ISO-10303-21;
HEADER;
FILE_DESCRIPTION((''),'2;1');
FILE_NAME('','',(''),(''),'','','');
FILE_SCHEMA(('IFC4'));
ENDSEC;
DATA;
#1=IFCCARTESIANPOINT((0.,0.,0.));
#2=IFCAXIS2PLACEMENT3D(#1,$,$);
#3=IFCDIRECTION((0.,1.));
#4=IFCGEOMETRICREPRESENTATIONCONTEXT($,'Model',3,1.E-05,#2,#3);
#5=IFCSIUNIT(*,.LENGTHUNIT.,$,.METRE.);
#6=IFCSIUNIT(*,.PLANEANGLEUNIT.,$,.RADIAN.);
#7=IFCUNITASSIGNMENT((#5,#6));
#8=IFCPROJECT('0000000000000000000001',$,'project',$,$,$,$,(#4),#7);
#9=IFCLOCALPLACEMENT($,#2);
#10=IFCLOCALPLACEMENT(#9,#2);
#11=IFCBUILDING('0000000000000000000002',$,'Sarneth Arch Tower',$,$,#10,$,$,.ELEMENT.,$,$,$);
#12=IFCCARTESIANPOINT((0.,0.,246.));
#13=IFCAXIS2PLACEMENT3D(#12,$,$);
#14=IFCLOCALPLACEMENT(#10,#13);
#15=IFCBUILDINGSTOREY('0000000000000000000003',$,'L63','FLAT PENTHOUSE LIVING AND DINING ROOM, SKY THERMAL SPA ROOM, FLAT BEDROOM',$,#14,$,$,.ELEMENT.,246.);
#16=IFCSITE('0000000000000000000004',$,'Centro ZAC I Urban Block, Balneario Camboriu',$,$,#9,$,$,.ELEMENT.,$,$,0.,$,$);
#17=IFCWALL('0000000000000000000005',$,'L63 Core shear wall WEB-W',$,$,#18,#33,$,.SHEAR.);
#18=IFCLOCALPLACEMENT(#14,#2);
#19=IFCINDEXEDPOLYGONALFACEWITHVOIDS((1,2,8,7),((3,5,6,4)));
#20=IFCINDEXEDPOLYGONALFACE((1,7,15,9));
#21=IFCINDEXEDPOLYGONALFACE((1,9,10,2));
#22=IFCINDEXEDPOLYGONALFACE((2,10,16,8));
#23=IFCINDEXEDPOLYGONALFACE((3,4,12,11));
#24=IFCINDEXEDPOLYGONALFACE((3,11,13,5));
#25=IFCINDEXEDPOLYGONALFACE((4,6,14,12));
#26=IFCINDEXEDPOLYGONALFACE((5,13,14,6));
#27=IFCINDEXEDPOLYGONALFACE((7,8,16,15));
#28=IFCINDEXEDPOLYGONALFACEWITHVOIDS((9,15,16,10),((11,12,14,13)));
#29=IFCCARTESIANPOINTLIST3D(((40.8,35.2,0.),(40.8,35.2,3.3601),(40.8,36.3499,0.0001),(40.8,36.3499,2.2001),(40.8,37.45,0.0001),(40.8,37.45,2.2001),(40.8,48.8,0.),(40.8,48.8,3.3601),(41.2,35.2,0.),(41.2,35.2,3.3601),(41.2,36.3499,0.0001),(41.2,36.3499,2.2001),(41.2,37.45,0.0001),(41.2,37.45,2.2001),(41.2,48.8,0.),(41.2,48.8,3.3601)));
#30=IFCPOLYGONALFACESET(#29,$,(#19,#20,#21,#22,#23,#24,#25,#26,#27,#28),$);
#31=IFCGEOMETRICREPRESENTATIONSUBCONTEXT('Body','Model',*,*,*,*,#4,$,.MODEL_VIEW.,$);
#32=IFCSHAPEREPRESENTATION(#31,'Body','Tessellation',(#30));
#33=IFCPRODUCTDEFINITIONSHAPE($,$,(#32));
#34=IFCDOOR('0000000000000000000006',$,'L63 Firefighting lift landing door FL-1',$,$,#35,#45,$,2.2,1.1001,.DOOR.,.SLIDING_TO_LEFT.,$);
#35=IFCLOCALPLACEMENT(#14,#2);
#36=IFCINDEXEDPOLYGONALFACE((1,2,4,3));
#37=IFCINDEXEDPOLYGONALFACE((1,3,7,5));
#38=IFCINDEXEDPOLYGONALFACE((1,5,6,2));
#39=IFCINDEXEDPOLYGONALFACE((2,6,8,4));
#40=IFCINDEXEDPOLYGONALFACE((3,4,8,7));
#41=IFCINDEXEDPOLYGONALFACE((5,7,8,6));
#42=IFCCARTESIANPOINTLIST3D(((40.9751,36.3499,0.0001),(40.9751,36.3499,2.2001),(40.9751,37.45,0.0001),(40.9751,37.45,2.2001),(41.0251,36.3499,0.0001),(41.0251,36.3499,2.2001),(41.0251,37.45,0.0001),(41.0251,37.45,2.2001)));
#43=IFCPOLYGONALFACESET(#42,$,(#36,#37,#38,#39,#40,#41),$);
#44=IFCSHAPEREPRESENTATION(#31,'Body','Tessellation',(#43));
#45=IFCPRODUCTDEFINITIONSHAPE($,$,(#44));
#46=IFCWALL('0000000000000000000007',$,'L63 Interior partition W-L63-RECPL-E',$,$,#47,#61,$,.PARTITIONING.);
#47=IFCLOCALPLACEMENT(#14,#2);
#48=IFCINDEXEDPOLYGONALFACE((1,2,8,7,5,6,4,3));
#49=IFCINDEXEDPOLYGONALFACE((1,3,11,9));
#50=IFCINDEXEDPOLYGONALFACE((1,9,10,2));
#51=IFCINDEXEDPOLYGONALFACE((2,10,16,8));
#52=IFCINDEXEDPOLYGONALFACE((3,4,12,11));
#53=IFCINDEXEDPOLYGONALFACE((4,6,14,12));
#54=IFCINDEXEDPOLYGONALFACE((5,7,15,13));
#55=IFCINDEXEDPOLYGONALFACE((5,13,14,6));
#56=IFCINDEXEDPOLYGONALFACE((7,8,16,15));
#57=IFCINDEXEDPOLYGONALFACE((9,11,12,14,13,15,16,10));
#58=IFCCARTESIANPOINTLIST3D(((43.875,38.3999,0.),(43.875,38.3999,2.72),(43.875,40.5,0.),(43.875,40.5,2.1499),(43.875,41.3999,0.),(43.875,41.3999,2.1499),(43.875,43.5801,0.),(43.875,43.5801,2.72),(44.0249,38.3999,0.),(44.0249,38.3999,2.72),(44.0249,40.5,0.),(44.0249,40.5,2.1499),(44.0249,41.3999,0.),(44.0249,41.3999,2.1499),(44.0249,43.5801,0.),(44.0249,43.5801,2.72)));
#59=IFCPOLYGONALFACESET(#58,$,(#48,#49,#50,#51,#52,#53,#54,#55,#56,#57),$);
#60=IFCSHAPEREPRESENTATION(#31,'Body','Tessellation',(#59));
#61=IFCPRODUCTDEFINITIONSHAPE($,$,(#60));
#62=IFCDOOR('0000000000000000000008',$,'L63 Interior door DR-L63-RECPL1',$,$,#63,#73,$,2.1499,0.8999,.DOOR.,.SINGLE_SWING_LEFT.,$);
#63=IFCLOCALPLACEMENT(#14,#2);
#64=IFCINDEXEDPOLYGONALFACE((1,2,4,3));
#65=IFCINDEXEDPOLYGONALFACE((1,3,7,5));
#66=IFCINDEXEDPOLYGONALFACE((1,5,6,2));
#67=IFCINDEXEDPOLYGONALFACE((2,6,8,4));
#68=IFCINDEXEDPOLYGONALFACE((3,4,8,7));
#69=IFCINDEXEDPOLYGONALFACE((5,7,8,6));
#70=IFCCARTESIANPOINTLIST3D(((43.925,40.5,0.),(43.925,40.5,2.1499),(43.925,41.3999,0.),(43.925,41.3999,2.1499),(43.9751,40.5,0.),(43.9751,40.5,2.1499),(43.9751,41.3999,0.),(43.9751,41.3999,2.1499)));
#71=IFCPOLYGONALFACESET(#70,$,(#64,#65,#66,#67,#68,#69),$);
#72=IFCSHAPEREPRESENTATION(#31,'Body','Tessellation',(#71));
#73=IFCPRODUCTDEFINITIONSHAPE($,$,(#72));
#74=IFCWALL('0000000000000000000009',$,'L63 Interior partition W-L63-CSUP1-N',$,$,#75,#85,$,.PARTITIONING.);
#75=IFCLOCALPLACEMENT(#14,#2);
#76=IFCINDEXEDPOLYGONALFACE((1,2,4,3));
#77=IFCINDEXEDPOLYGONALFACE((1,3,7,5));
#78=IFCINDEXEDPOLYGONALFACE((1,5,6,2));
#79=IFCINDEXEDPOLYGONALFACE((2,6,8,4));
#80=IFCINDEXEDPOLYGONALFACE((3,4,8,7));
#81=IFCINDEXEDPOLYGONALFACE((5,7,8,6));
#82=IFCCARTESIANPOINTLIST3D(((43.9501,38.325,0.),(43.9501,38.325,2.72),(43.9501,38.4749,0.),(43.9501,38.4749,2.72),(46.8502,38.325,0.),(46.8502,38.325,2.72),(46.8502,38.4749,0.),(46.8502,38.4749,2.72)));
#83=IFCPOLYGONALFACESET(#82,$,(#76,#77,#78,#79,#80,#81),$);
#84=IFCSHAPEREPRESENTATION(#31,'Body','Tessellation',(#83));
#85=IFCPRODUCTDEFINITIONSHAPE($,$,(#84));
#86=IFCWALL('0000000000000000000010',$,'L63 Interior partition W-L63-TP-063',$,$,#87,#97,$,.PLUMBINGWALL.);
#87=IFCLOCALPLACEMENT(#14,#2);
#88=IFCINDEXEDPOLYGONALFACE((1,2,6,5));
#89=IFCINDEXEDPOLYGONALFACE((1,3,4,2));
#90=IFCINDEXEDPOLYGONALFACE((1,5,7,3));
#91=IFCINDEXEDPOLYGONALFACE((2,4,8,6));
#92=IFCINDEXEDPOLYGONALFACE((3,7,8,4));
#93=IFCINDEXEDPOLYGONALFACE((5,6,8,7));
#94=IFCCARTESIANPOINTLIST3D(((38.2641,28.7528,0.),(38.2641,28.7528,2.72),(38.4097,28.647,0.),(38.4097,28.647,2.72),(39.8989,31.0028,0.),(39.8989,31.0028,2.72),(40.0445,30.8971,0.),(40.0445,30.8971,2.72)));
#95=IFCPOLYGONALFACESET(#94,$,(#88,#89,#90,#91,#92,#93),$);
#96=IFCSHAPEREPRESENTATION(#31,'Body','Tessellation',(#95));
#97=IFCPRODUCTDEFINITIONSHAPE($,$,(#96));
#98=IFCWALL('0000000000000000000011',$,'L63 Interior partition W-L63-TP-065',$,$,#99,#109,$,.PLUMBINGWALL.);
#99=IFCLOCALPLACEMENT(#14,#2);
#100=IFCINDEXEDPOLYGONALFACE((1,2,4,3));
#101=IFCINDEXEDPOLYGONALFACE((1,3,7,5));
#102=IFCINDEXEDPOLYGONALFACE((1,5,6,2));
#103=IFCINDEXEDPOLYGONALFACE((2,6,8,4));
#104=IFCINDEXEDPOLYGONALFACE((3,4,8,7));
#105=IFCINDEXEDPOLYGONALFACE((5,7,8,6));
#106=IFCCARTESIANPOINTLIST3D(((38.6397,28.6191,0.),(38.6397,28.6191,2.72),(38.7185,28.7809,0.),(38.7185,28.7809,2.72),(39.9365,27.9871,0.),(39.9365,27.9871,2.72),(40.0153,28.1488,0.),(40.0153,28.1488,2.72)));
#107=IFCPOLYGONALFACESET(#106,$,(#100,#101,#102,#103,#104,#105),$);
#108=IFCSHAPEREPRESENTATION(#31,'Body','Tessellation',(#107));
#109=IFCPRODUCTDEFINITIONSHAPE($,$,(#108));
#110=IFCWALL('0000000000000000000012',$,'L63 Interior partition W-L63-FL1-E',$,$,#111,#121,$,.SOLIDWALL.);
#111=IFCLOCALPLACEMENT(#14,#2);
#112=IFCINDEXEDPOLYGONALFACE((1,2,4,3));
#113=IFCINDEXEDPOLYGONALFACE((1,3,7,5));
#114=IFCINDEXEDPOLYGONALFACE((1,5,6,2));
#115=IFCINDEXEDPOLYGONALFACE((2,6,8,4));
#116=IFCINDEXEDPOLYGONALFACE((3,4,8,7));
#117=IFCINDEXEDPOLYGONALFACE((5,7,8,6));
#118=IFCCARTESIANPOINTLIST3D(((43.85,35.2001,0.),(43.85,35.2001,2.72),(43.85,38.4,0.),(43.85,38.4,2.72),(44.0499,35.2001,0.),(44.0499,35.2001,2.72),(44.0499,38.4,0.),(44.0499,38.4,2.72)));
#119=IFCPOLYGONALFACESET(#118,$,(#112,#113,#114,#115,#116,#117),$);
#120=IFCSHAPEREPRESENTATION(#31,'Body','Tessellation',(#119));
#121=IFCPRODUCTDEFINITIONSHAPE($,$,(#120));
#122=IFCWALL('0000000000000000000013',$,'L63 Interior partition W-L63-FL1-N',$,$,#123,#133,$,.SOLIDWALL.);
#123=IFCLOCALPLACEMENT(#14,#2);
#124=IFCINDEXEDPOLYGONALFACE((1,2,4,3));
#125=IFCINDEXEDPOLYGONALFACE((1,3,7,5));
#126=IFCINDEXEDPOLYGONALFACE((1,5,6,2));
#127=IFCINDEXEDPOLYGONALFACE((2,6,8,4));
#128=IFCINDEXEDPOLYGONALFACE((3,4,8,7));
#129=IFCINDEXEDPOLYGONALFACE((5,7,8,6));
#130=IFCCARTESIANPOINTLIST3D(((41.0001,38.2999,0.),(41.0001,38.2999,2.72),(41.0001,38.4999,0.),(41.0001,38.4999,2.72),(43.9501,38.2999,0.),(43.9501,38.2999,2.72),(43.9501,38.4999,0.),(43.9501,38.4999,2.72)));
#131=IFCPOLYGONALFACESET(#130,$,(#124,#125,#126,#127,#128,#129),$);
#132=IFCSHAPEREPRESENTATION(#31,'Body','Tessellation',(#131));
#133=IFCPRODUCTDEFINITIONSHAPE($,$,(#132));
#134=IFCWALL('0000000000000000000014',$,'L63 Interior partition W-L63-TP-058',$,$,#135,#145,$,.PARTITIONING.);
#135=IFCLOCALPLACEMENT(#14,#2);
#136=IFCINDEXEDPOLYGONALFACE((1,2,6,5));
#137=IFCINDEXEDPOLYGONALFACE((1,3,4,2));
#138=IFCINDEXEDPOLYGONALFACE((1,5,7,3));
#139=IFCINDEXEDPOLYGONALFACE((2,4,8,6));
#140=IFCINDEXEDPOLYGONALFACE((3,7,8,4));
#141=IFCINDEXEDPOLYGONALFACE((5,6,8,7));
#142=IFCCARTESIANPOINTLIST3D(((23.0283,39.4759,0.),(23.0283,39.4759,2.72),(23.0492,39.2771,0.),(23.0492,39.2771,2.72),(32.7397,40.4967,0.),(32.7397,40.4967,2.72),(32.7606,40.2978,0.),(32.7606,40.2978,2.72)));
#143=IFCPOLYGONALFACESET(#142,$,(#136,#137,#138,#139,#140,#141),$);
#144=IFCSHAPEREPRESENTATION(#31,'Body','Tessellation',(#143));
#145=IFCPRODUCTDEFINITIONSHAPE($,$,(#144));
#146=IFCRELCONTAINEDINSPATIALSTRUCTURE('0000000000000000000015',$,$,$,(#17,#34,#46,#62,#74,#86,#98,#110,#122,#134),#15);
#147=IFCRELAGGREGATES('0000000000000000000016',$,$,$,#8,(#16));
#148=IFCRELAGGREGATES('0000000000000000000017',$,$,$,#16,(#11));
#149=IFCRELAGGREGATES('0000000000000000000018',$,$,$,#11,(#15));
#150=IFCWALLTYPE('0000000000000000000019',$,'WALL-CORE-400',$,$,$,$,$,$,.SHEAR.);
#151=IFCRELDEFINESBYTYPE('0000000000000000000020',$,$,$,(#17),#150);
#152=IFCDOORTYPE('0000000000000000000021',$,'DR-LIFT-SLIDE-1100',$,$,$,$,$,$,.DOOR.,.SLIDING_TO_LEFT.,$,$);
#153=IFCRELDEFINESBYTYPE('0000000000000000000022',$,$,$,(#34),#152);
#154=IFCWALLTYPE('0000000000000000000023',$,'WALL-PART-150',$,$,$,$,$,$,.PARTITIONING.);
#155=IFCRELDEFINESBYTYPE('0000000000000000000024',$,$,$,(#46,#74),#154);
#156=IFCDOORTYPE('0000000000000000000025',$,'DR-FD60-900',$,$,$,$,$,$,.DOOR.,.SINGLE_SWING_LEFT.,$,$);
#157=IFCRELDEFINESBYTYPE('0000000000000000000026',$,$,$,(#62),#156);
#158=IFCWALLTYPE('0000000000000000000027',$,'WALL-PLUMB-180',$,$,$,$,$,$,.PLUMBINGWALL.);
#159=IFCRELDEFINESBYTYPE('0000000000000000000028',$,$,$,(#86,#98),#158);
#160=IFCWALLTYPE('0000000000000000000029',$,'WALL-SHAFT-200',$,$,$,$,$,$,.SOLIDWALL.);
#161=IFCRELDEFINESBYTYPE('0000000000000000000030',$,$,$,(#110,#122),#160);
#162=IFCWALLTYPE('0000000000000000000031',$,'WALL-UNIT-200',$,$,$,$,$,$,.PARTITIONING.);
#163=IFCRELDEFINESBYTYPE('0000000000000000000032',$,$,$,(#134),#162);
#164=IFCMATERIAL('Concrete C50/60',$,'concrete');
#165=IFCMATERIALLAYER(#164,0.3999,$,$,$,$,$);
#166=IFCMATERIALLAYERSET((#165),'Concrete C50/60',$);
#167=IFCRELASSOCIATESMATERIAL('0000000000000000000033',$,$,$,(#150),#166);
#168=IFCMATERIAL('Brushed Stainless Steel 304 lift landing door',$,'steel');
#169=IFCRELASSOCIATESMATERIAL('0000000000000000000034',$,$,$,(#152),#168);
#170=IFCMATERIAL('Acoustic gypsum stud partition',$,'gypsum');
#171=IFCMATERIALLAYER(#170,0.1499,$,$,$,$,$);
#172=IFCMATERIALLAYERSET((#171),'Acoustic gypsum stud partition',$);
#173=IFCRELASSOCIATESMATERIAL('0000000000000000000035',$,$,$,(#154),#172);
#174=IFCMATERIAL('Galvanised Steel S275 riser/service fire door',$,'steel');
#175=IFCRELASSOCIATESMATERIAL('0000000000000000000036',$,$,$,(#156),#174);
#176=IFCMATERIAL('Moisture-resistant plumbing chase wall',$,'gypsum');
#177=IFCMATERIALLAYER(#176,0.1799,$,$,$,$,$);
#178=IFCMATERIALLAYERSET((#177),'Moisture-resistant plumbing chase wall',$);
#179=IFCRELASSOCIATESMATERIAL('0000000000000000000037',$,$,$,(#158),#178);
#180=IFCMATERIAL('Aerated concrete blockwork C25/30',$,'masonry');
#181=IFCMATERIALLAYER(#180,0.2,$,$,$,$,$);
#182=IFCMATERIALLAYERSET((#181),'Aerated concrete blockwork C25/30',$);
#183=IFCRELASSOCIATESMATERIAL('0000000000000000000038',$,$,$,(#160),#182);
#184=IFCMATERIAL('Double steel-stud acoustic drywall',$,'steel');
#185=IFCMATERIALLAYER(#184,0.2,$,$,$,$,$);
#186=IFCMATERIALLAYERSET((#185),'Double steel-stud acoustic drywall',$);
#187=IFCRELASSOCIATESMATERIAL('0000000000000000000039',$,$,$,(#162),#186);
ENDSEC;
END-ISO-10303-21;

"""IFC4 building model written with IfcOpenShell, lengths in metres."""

from ifc_helpers import new_model, si_unit, direction, frame, frame_2d, origin, place, context, subcontext, project, spatial, rectangle, extrude, material, layer, layer_set, type_object, element, fill, save


model = new_model("IFC4")

# Units and contexts
model_context = context("Model", 3, precision=1e-05, world=origin(), true_north=direction((0.0, 1.0)))
body_context = subcontext(model_context, "Body", "Model", "MODEL_VIEW")
ifc_project = project(units=[si_unit("LENGTHUNIT", "METRE"), si_unit("PLANEANGLEUNIT", "RADIAN")], contexts=[model_context])

# Site, building, storey
site_placement = place(None, origin())
site = spatial("IfcSite", under=ifc_project, at=site_placement, Name="Centro ZAC I Urban Block, Balneario Camboriu", CompositionType="ELEMENT", RefElevation=0.0)
building_placement = place(site_placement, origin())
building = spatial("IfcBuilding", under=site, at=building_placement, Name="Sarneth Arch Tower", CompositionType="ELEMENT")
storey_placement = place(building_placement, frame((0.0, 0.0, 246.0)))
storey = spatial("IfcBuildingStorey", under=building, at=storey_placement, Name="L63", Description="FLAT PENTHOUSE LIVING AND DINING ROOM, SKY THERMAL SPA ROOM, FLAT BEDROOM", CompositionType="ELEMENT", Elevation=246.0)

# Shared definitions
ifc_material_1 = material(Name="Concrete C50/60", Category="concrete")
ifc_layer_1 = layer(ifc_material_1, 0.3999)
ifc_layer_set_1 = layer_set([ifc_layer_1], Name="Concrete C50/60")
wall_type_1 = type_object("IfcWallType", Name="WALL-CORE-400", PredefinedType="SHEAR", material=ifc_layer_set_1)

# Walls, openings, doors
wall_1_placement = place(storey_placement, frame((41.0, 35.2, 0.0), z_axis=(0.0, 0.0, 1.0), x_axis=(0.0, 1.0, 0.0)))
wall_1 = element("IfcWall", 1, at=wall_1_placement, inside=storey, type_object=wall_type_1, Name="L63 Core shear wall WEB-W", PredefinedType="SHEAR", context=body_context, shape_type="SweptSolid", body=[
    extrude(rectangle(XDim=13.6001, YDim=0.3999, at=frame_2d((6.8, 0.0))), origin(), (0.0, 0.0, 1.0), 3.3601),
])
opening_1_placement = place(wall_1_placement, frame((1.1499, 0.0, 0.0)))
opening_1 = element("IfcOpeningElement", 2, at=opening_1_placement, cuts=wall_1, PredefinedType="OPENING", context=body_context, shape_type="SweptSolid", body=[
    extrude(rectangle(XDim=1.1001, YDim=2.2, at=frame_2d((0.55, 1.1001))), frame((0.0, 0.21, 0.0), z_axis=(0.0, -1.0, 0.0), x_axis=(1.0, 0.0, 0.0)), (0.0, 0.0, 1.0), 0.4199),
])
ifc_material_2 = material(Name="Brushed Stainless Steel 304 lift landing door", Category="steel")
door_type_1 = type_object("IfcDoorType", Name="DR-LIFT-SLIDE-1100", OperationType="SLIDING_TO_LEFT", PredefinedType="DOOR", material=ifc_material_2)
door_1_placement = place(opening_1_placement, origin())
door_1 = element("IfcDoor", 3, at=door_1_placement, inside=storey, type_object=door_type_1, Name="L63 Firefighting lift landing door FL-1", OperationType="SLIDING_TO_LEFT", OverallHeight=2.2, OverallWidth=1.1001, PredefinedType="DOOR", context=body_context, shape_type="SweptSolid", body=[
    extrude(rectangle(XDim=1.1001, YDim=2.2, at=frame_2d((0.55, 1.1001))), frame((0.0, 0.0249, 0.0), z_axis=(0.0, -1.0, 0.0), x_axis=(1.0, 0.0, 0.0)), (0.0, 0.0, 1.0), 0.05),
])
fill(opening_1, door_1)
ifc_material_3 = material(Name="Acoustic gypsum stud partition", Category="gypsum")
ifc_layer_2 = layer(ifc_material_3, 0.1499)
ifc_layer_set_2 = layer_set([ifc_layer_2], Name="Acoustic gypsum stud partition")
wall_type_2 = type_object("IfcWallType", Name="WALL-PART-150", PredefinedType="PARTITIONING", material=ifc_layer_set_2)
wall_2_placement = place(storey_placement, frame((43.95, 38.3999, 0.0), z_axis=(0.0, 0.0, 1.0), x_axis=(0.0, 1.0, 0.0)))
wall_2 = element("IfcWall", 4, at=wall_2_placement, inside=storey, type_object=wall_type_2, Name="L63 Interior partition W-L63-RECPL-E", PredefinedType="PARTITIONING", context=body_context, shape_type="SweptSolid", body=[
    extrude(rectangle(XDim=5.1802, YDim=0.1499, at=frame_2d((2.5901, 0.0))), origin(), (0.0, 0.0, 1.0), 2.72),
])
opening_2_placement = place(wall_2_placement, frame((2.1001, 0.0, 0.0)))
opening_2 = element("IfcOpeningElement", 5, at=opening_2_placement, cuts=wall_2, PredefinedType="OPENING", context=body_context, shape_type="SweptSolid", body=[
    extrude(rectangle(XDim=0.8999, YDim=2.1499, at=frame_2d((0.45, 1.075))), frame((0.0, 0.085, 0.0), z_axis=(0.0, -1.0, 0.0), x_axis=(1.0, 0.0, 0.0)), (0.0, 0.0, 1.0), 0.1699),
])
ifc_material_4 = material(Name="Galvanised Steel S275 riser/service fire door", Category="steel")
door_type_2 = type_object("IfcDoorType", Name="DR-FD60-900", OperationType="SINGLE_SWING_LEFT", PredefinedType="DOOR", material=ifc_material_4)
door_2_placement = place(opening_2_placement, origin())
door_2 = element("IfcDoor", 6, at=door_2_placement, inside=storey, type_object=door_type_2, Name="L63 Interior door DR-L63-RECPL1", OperationType="SINGLE_SWING_LEFT", OverallHeight=2.1499, OverallWidth=0.8999, PredefinedType="DOOR", context=body_context, shape_type="SweptSolid", body=[
    extrude(rectangle(XDim=0.8999, YDim=2.1499, at=frame_2d((0.45, 1.075))), frame((0.0, 0.0249, 0.0), z_axis=(0.0, -1.0, 0.0), x_axis=(1.0, 0.0, 0.0)), (0.0, 0.0, 1.0), 0.05),
])
fill(opening_2, door_2)

# Wall
wall_3_placement = place(storey_placement, frame((43.95, 38.3999, 0.0), z_axis=(0.0, 0.0, 1.0), x_axis=(1.0, 0.0, 0.0)))
element("IfcWall", 7, at=wall_3_placement, inside=storey, type_object=wall_type_2, Name="L63 Interior partition W-L63-CSUP1-N", PredefinedType="PARTITIONING", context=body_context, shape_type="SweptSolid", body=[
    extrude(rectangle(XDim=2.9001, YDim=0.1499, at=frame_2d((1.4502, 0.0))), origin(), (0.0, 0.0, 1.0), 2.72),
])

# Walls
ifc_material_5 = material(Name="Moisture-resistant plumbing chase wall", Category="gypsum")
ifc_layer_3 = layer(ifc_material_5, 0.1799)
ifc_layer_set_3 = layer_set([ifc_layer_3], Name="Moisture-resistant plumbing chase wall")
wall_type_3 = type_object("IfcWallType", Name="WALL-PLUMB-180", PredefinedType="PLUMBINGWALL", material=ifc_layer_set_3)
wall_4_placement = place(storey_placement, frame((39.9717, 30.95, 0.0), z_axis=(0.0, 0.0, 1.0), x_axis=(-0.587796, -0.809009, 0.0)))
element("IfcWall", 8, at=wall_4_placement, inside=storey, type_object=wall_type_3, Name="L63 Interior partition W-L63-TP-063", PredefinedType="PLUMBINGWALL", context=body_context, shape_type="SweptSolid", body=[
    extrude(rectangle(XDim=2.7812, YDim=0.1799, at=frame_2d((1.3906, 0.0))), origin(), (0.0, 0.0, 1.0), 2.72),
])
wall_5_placement = place(storey_placement, frame((38.6792, 28.7, 0.0), z_axis=(0.0, 0.0, 1.0), x_axis=(0.898916, -0.43812, 0.0)))
element("IfcWall", 9, at=wall_5_placement, inside=storey, type_object=wall_type_3, Name="L63 Interior partition W-L63-TP-065", PredefinedType="PLUMBINGWALL", context=body_context, shape_type="SweptSolid", body=[
    extrude(rectangle(XDim=1.4426, YDim=0.1799, at=frame_2d((0.7212, 0.0))), origin(), (0.0, 0.0, 1.0), 2.72),
])

# Shared definitions
ifc_material_6 = material(Name="Aerated concrete blockwork C25/30", Category="masonry")
ifc_layer_4 = layer(ifc_material_6, 0.2)
ifc_layer_set_4 = layer_set([ifc_layer_4], Name="Aerated concrete blockwork C25/30")
wall_type_4 = type_object("IfcWallType", Name="WALL-SHAFT-200", PredefinedType="SOLIDWALL", material=ifc_layer_set_4)

# Walls
wall_6_placement = place(storey_placement, frame((43.95, 35.2, 0.0), z_axis=(0.0, 0.0, 1.0), x_axis=(0.0, 1.0, 0.0)))
element("IfcWall", 10, at=wall_6_placement, inside=storey, type_object=wall_type_4, Name="L63 Interior partition W-L63-FL1-E", PredefinedType="SOLIDWALL", context=body_context, shape_type="SweptSolid", body=[
    extrude(rectangle(XDim=3.2, YDim=0.2, at=frame_2d((1.6001, 0.0))), origin(), (0.0, 0.0, 1.0), 2.72),
])
wall_7_placement = place(storey_placement, frame((41.0, 38.3999, 0.0), z_axis=(0.0, 0.0, 1.0), x_axis=(1.0, 0.0, 0.0)))
element("IfcWall", 11, at=wall_7_placement, inside=storey, type_object=wall_type_4, Name="L63 Interior partition W-L63-FL1-N", PredefinedType="SOLIDWALL", context=body_context, shape_type="SweptSolid", body=[
    extrude(rectangle(XDim=2.95, YDim=0.2, at=frame_2d((1.4751, 0.0))), origin(), (0.0, 0.0, 1.0), 2.72),
])
ifc_material_7 = material(Name="Double steel-stud acoustic drywall", Category="steel")
ifc_layer_5 = layer(ifc_material_7, 0.2)
ifc_layer_set_5 = layer_set([ifc_layer_5], Name="Double steel-stud acoustic drywall")
wall_type_5 = type_object("IfcWallType", Name="WALL-UNIT-200", PredefinedType="PARTITIONING", material=ifc_layer_set_5)
wall_8_placement = place(storey_placement, frame((32.75, 40.3972, 0.0), z_axis=(0.0, 0.0, 1.0), x_axis=(-0.994521, -0.104533, 0.0)))
element("IfcWall", 12, at=wall_8_placement, inside=storey, type_object=wall_type_5, Name="L63 Interior partition W-L63-TP-058", PredefinedType="PARTITIONING", context=body_context, shape_type="SweptSolid", body=[
    extrude(rectangle(XDim=9.7649, YDim=0.2, at=frame_2d((4.8823, 0.0))), origin(), (0.0, 0.0, 1.0), 2.72),
])

save(model, "model.ifc")
